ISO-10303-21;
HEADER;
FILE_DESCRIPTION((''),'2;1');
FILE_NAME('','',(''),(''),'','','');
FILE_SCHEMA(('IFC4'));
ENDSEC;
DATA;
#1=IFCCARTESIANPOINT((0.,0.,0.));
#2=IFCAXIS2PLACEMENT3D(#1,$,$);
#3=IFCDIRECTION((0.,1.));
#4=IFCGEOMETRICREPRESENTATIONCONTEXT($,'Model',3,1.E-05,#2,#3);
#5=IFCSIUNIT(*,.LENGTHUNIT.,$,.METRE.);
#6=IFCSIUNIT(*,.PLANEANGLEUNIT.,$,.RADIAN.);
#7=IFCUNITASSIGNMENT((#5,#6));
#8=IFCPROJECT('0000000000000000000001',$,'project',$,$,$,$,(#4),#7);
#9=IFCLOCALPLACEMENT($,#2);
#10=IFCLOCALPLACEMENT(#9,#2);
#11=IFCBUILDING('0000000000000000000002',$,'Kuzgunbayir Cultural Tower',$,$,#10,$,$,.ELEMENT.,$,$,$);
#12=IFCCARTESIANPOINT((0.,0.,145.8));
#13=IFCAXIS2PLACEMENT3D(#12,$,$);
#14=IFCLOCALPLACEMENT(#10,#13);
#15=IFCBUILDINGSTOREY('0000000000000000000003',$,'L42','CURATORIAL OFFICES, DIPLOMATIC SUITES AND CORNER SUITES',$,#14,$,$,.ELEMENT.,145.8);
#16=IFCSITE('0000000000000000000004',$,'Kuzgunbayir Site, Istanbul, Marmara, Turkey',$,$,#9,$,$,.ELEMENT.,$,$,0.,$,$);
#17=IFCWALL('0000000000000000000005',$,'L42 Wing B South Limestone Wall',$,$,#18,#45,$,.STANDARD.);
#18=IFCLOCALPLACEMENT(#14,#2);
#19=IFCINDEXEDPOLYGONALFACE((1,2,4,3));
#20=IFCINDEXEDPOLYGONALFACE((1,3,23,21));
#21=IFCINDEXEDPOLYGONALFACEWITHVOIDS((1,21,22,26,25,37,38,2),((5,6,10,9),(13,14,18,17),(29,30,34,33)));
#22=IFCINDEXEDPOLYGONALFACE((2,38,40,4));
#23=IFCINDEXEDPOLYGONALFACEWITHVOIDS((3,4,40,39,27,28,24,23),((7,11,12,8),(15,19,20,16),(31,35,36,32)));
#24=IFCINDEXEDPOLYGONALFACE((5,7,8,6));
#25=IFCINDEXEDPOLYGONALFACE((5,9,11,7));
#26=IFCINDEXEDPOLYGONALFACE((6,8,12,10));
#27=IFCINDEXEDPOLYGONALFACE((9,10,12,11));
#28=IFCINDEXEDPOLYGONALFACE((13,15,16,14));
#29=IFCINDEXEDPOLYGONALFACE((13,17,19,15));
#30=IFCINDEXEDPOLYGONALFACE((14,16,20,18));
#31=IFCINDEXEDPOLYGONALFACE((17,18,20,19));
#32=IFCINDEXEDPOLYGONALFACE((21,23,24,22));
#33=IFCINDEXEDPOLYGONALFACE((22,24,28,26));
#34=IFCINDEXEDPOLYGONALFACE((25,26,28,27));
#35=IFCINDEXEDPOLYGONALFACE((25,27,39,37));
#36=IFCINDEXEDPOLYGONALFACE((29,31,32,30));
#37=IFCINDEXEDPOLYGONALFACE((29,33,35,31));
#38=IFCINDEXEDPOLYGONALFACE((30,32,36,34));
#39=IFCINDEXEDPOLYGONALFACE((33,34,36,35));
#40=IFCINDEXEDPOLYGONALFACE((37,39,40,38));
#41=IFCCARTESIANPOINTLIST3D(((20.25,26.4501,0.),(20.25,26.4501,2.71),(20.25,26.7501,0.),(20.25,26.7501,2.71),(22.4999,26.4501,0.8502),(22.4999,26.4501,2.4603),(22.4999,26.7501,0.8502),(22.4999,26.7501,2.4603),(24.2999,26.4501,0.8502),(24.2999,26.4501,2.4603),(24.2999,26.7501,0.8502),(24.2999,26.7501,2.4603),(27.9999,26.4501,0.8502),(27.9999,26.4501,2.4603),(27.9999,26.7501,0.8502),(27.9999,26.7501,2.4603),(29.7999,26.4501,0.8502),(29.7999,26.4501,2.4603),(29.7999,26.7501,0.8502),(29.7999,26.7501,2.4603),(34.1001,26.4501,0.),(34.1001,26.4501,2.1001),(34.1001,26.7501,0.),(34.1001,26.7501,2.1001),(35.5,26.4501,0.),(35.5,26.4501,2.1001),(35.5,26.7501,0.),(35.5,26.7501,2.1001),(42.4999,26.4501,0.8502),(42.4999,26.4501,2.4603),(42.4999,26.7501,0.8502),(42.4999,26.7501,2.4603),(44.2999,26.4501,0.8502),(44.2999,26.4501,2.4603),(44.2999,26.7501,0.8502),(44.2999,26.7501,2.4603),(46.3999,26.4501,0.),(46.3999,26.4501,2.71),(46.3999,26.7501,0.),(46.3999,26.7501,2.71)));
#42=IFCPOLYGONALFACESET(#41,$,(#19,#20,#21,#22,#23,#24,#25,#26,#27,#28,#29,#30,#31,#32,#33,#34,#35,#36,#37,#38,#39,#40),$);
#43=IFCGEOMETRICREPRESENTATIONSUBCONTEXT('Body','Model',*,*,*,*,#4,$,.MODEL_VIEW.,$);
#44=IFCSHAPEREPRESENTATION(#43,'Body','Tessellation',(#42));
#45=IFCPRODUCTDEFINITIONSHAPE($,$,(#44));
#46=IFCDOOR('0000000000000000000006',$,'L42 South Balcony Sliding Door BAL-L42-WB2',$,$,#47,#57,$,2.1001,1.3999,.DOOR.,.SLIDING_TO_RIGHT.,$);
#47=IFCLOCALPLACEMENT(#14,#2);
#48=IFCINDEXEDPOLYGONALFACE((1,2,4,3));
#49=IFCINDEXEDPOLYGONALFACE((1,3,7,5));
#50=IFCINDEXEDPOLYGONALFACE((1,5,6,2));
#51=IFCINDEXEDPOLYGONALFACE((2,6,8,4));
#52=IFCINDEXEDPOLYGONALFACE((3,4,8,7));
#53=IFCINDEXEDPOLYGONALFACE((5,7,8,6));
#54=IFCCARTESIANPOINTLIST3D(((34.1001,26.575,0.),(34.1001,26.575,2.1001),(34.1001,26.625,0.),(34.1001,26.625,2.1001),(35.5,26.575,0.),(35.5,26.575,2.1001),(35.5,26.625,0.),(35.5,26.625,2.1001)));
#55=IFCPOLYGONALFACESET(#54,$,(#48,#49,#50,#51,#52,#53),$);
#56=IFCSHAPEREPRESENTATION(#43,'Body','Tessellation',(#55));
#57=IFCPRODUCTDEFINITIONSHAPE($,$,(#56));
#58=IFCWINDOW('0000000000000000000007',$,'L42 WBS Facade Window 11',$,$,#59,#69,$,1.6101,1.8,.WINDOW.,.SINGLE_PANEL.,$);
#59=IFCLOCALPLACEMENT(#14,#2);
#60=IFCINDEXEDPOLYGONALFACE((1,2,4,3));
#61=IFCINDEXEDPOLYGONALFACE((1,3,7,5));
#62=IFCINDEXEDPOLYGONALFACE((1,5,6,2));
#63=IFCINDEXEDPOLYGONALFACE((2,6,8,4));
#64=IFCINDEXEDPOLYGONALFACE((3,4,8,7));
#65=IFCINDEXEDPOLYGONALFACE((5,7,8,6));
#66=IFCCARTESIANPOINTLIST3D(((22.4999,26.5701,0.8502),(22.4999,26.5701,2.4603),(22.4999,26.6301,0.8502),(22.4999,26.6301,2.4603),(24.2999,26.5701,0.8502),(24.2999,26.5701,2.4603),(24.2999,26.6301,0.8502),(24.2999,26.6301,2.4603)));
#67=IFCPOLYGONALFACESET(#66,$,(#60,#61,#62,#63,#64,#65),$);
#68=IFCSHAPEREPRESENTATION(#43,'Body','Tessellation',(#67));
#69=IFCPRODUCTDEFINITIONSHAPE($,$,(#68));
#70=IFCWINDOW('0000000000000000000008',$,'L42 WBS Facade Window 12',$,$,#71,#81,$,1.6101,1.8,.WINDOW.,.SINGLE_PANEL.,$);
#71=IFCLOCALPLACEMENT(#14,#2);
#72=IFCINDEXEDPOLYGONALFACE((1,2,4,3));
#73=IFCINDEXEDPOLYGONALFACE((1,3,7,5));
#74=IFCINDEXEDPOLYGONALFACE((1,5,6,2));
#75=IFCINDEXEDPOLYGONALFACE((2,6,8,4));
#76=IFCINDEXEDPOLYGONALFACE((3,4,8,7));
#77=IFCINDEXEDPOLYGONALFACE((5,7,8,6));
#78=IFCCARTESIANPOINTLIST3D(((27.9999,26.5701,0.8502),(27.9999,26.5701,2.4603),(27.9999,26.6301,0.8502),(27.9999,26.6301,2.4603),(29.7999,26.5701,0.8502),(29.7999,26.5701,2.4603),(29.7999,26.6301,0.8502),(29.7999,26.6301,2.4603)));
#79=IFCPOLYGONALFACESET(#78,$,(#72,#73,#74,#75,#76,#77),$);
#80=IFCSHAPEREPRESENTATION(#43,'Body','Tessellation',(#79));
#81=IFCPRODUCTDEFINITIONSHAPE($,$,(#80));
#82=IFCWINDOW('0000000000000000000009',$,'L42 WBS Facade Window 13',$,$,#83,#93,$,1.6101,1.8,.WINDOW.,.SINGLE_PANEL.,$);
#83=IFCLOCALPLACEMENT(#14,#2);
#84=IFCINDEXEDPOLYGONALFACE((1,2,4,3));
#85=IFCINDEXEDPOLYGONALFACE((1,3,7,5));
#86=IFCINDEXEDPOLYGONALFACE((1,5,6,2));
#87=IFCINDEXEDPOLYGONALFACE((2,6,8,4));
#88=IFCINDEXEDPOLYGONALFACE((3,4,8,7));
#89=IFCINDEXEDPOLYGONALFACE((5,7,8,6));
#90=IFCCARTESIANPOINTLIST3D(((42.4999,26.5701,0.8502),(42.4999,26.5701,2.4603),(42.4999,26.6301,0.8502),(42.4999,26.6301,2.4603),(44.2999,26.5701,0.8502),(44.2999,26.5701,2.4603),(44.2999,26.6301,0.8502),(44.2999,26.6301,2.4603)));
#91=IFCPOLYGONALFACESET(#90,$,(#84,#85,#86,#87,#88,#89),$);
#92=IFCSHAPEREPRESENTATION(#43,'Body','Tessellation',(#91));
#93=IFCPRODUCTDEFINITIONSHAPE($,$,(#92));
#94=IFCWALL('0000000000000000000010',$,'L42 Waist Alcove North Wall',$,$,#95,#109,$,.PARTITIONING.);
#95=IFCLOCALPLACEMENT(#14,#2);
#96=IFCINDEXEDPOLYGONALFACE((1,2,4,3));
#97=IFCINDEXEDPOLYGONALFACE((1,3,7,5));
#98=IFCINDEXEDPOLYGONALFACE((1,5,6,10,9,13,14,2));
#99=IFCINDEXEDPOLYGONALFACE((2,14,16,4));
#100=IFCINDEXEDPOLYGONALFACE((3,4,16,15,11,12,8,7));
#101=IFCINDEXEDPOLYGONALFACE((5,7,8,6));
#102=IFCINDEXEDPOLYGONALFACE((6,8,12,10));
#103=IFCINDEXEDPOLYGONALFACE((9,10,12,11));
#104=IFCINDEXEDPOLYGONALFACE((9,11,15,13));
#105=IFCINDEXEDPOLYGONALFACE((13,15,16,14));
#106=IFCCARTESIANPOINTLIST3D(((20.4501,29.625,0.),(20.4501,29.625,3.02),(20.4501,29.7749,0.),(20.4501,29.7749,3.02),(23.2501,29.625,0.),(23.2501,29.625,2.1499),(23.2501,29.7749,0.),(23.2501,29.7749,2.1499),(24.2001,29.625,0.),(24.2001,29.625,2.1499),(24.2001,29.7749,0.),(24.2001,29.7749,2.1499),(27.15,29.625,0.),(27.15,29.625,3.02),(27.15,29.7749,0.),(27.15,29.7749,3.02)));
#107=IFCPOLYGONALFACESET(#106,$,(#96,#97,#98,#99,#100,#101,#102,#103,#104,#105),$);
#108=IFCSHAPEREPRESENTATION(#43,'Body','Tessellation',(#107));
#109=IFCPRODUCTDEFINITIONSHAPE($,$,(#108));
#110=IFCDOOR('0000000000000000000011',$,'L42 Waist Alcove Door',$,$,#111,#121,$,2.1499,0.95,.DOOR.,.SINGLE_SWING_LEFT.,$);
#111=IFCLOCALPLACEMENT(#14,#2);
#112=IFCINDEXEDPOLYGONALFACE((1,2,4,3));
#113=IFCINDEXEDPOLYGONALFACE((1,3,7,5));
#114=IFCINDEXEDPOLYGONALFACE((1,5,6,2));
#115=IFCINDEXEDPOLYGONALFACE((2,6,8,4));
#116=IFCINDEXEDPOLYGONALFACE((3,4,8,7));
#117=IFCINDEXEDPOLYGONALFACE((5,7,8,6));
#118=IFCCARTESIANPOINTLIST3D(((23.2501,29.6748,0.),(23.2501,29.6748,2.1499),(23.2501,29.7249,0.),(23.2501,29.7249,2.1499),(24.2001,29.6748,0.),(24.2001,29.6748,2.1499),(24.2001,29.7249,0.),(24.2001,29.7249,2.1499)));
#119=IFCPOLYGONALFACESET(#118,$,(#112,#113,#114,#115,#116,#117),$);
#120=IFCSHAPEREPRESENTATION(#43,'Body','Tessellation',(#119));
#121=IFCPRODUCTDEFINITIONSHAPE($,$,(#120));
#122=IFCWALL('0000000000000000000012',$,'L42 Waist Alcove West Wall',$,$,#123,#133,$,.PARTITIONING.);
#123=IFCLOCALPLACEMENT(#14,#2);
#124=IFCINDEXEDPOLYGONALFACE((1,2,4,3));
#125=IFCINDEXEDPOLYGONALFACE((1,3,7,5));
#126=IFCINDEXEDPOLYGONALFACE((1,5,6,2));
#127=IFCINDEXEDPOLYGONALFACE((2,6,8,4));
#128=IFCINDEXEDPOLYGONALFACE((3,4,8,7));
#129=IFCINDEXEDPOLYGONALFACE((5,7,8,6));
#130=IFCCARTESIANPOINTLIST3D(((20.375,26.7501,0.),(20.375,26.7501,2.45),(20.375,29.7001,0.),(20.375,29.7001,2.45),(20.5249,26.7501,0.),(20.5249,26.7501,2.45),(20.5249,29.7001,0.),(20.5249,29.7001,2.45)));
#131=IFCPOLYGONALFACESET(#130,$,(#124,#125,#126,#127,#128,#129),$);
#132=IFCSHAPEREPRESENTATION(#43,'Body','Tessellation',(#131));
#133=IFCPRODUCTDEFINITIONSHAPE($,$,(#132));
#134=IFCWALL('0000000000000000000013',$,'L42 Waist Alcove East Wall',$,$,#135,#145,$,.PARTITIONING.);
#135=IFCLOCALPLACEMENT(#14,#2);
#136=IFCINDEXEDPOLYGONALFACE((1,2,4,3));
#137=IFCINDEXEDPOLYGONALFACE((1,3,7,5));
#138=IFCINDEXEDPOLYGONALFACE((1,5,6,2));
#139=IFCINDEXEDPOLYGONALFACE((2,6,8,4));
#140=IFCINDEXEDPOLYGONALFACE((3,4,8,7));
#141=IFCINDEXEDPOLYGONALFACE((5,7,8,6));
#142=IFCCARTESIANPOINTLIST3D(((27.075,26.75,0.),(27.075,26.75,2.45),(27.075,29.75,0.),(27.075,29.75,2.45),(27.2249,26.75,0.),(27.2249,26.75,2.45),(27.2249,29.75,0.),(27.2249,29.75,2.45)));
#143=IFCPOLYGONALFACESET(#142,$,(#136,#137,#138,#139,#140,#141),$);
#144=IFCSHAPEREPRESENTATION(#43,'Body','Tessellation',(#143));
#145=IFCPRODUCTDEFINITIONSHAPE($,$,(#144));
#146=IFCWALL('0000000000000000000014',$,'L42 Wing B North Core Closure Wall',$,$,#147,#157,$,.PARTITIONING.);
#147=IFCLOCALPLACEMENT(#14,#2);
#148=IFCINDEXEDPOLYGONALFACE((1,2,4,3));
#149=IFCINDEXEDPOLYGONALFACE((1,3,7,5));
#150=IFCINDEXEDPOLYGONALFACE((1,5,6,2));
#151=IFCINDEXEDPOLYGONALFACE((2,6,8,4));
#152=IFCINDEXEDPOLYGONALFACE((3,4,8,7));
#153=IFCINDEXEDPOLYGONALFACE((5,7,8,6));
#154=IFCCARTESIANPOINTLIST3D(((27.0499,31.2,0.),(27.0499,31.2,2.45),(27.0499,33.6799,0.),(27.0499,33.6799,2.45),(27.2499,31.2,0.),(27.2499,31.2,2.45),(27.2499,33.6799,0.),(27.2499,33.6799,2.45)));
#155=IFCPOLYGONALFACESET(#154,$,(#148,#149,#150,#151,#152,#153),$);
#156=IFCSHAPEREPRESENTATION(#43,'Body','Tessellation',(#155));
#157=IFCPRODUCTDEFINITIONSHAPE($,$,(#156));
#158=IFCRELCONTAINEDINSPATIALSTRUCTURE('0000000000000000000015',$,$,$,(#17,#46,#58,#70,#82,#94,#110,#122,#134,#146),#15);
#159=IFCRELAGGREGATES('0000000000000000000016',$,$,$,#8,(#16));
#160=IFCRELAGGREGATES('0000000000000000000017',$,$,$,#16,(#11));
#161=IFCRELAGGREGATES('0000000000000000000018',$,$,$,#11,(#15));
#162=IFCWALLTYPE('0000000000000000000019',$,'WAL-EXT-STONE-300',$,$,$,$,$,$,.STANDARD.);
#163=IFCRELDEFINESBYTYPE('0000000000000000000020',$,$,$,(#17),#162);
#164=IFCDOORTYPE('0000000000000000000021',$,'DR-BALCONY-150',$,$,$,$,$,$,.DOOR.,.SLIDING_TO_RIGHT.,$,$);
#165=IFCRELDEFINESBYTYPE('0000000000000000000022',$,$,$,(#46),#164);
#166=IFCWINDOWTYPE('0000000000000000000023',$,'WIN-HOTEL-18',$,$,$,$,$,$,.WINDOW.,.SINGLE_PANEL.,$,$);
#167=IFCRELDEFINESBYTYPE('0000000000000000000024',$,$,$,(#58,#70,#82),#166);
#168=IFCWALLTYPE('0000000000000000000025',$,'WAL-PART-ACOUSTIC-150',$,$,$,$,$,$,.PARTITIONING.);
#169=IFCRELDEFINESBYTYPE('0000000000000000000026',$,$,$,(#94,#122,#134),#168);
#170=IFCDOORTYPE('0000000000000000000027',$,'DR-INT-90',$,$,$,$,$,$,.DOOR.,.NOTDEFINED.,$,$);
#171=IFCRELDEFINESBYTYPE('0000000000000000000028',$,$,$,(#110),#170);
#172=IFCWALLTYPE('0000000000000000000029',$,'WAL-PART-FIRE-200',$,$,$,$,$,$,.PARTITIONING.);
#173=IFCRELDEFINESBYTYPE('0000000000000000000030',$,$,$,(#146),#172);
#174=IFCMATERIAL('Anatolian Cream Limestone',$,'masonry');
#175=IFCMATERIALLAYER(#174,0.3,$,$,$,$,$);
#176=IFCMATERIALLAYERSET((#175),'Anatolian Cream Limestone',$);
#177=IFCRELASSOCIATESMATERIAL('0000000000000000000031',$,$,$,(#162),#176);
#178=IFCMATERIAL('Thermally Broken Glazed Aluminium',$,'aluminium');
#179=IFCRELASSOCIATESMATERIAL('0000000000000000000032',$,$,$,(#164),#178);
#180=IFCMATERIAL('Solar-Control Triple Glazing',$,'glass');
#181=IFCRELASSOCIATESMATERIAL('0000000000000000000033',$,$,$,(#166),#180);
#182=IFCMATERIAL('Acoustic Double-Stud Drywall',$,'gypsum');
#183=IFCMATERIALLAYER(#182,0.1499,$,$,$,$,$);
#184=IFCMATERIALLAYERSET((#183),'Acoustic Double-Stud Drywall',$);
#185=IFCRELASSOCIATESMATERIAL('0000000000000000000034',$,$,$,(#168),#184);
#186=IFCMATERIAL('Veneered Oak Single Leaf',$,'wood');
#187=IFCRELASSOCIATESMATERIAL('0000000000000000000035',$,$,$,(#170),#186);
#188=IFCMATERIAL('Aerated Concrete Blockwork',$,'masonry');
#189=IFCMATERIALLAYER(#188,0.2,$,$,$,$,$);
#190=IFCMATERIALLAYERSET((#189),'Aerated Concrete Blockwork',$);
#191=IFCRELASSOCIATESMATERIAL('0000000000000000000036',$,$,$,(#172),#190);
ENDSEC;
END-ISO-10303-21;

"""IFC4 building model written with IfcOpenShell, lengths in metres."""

from ifc_helpers import new_model, si_unit, direction, frame, frame_2d, origin, place, context, subcontext, project, spatial, rectangle, extrude, material, layer, layer_set, type_object, element, fill, save


model = new_model("IFC4")

# Units and contexts
model_context = context("Model", 3, precision=1e-05, world=origin(), true_north=direction((0.0, 1.0)))
body_context = subcontext(model_context, "Body", "Model", "MODEL_VIEW")
ifc_project = project(units=[si_unit("LENGTHUNIT", "METRE"), si_unit("PLANEANGLEUNIT", "RADIAN")], contexts=[model_context])

# Site, building, storey
site_placement = place(None, origin())
site = spatial("IfcSite", under=ifc_project, at=site_placement, Name="Kuzgunbayir Site, Istanbul, Marmara, Turkey", CompositionType="ELEMENT", RefElevation=0.0)
building_placement = place(site_placement, origin())
building = spatial("IfcBuilding", under=site, at=building_placement, Name="Kuzgunbayir Cultural Tower", CompositionType="ELEMENT")
storey_placement = place(building_placement, frame((0.0, 0.0, 145.8)))
storey = spatial("IfcBuildingStorey", under=building, at=storey_placement, Name="L42", Description="CURATORIAL OFFICES, DIPLOMATIC SUITES AND CORNER SUITES", CompositionType="ELEMENT", Elevation=145.8)

# Wall, openings, door, windows
ifc_material_1 = material(Name="Anatolian Cream Limestone", Category="masonry")
ifc_layer_1 = layer(ifc_material_1, 0.3)
ifc_layer_set_1 = layer_set([ifc_layer_1], Name="Anatolian Cream Limestone")
wall_type_1 = type_object("IfcWallType", Name="WAL-EXT-STONE-300", PredefinedType="STANDARD", material=ifc_layer_set_1)
wall_1_placement = place(storey_placement, frame((20.25, 26.6001, 0.0), z_axis=(0.0, 0.0, 1.0), x_axis=(1.0, 0.0, 0.0)))
wall_1 = element("IfcWall", 1, at=wall_1_placement, inside=storey, type_object=wall_type_1, Name="L42 Wing B South Limestone Wall", PredefinedType="STANDARD", context=body_context, shape_type="SweptSolid", body=[
    extrude(rectangle(XDim=26.1499, YDim=0.3, at=frame_2d((13.075, 0.0))), origin(), (0.0, 0.0, 1.0), 2.71),
])
opening_1_placement = place(wall_1_placement, frame((13.8501, 0.0, 0.0)))
opening_1 = element("IfcOpeningElement", 2, at=opening_1_placement, cuts=wall_1, PredefinedType="OPENING", context=body_context, shape_type="SweptSolid", body=[
    extrude(rectangle(XDim=1.3999, YDim=2.1001, at=frame_2d((0.7, 1.05))), frame((0.0, 0.1602, 0.0), z_axis=(0.0, -1.0, 0.0), x_axis=(1.0, 0.0, 0.0)), (0.0, 0.0, 1.0), 0.3201),
])
opening_2_placement = place(wall_1_placement, frame((2.25, 0.0, 0.8501)))
opening_2 = element("IfcOpeningElement", 3, at=opening_2_placement, cuts=wall_1, PredefinedType="OPENING", context=body_context, shape_type="SweptSolid", body=[
    extrude(rectangle(XDim=1.8, YDim=1.6101, at=frame_2d((0.8999, 0.8052))), frame((0.0, 0.1602, 0.0), z_axis=(0.0, -1.0, 0.0), x_axis=(1.0, 0.0, 0.0)), (0.0, 0.0, 1.0), 0.3201),
])
opening_3_placement = place(wall_1_placement, frame((7.75, 0.0, 0.8501)))
opening_3 = element("IfcOpeningElement", 4, at=opening_3_placement, cuts=wall_1, PredefinedType="OPENING", context=body_context, shape_type="SweptSolid", body=[
    extrude(rectangle(XDim=1.8, YDim=1.6101, at=frame_2d((0.8999, 0.8052))), frame((0.0, 0.1602, 0.0), z_axis=(0.0, -1.0, 0.0), x_axis=(1.0, 0.0, 0.0)), (0.0, 0.0, 1.0), 0.3201),
])
opening_4_placement = place(wall_1_placement, frame((22.25, 0.0, 0.8501)))
opening_4 = element("IfcOpeningElement", 5, at=opening_4_placement, cuts=wall_1, PredefinedType="OPENING", context=body_context, shape_type="SweptSolid", body=[
    extrude(rectangle(XDim=1.8, YDim=1.6101, at=frame_2d((0.8999, 0.8052))), frame((0.0, 0.1602, 0.0), z_axis=(0.0, -1.0, 0.0), x_axis=(1.0, 0.0, 0.0)), (0.0, 0.0, 1.0), 0.3201),
])
ifc_material_2 = material(Name="Thermally Broken Glazed Aluminium", Category="aluminium")
door_type_1 = type_object("IfcDoorType", Name="DR-BALCONY-150", OperationType="SLIDING_TO_RIGHT", PredefinedType="DOOR", material=ifc_material_2)
door_1_placement = place(opening_1_placement, origin())
door_1 = element("IfcDoor", 6, at=door_1_placement, inside=storey, type_object=door_type_1, Name="L42 South Balcony Sliding Door BAL-L42-WB2", OperationType="SLIDING_TO_RIGHT", OverallHeight=2.1001, OverallWidth=1.3999, PredefinedType="DOOR", context=body_context, shape_type="SweptSolid", body=[
    extrude(rectangle(XDim=1.3999, YDim=2.1001, at=frame_2d((0.7, 1.05))), frame((0.0, 0.0249, 0.0), z_axis=(0.0, -1.0, 0.0), x_axis=(1.0, 0.0, 0.0)), (0.0, 0.0, 1.0), 0.05),
])
fill(opening_1, door_1)
ifc_material_3 = material(Name="Solar-Control Triple Glazing", Category="glass")
window_type = type_object("IfcWindowType", Name="WIN-HOTEL-18", PartitioningType="SINGLE_PANEL", PredefinedType="WINDOW", material=ifc_material_3)
window_1_placement = place(opening_2_placement, origin())
window_1 = element("IfcWindow", 7, at=window_1_placement, inside=storey, type_object=window_type, Name="L42 WBS Facade Window 11", OverallHeight=1.6101, OverallWidth=1.8, PartitioningType="SINGLE_PANEL", PredefinedType="WINDOW", context=body_context, shape_type="SweptSolid", body=[
    extrude(rectangle(XDim=1.8, YDim=1.6101, at=frame_2d((0.8999, 0.8052))), frame((0.0, 0.03, 0.0), z_axis=(0.0, -1.0, 0.0), x_axis=(1.0, 0.0, 0.0)), (0.0, 0.0, 1.0), 0.0601),
])
fill(opening_2, window_1)
window_2_placement = place(opening_3_placement, origin())
window_2 = element("IfcWindow", 8, at=window_2_placement, inside=storey, type_object=window_type, Name="L42 WBS Facade Window 12", OverallHeight=1.6101, OverallWidth=1.8, PartitioningType="SINGLE_PANEL", PredefinedType="WINDOW", context=body_context, shape_type="SweptSolid", body=[
    extrude(rectangle(XDim=1.8, YDim=1.6101, at=frame_2d((0.8999, 0.8052))), frame((0.0, 0.03, 0.0), z_axis=(0.0, -1.0, 0.0), x_axis=(1.0, 0.0, 0.0)), (0.0, 0.0, 1.0), 0.0601),
])
fill(opening_3, window_2)
window_3_placement = place(opening_4_placement, origin())
window_3 = element("IfcWindow", 9, at=window_3_placement, inside=storey, type_object=window_type, Name="L42 WBS Facade Window 13", OverallHeight=1.6101, OverallWidth=1.8, PartitioningType="SINGLE_PANEL", PredefinedType="WINDOW", context=body_context, shape_type="SweptSolid", body=[
    extrude(rectangle(XDim=1.8, YDim=1.6101, at=frame_2d((0.8999, 0.8052))), frame((0.0, 0.03, 0.0), z_axis=(0.0, -1.0, 0.0), x_axis=(1.0, 0.0, 0.0)), (0.0, 0.0, 1.0), 0.0601),
])
fill(opening_4, window_3)

# Wall, opening, door
ifc_material_4 = material(Name="Acoustic Double-Stud Drywall", Category="gypsum")
ifc_layer_2 = layer(ifc_material_4, 0.1499)
ifc_layer_set_2 = layer_set([ifc_layer_2], Name="Acoustic Double-Stud Drywall")
wall_type_2 = type_object("IfcWallType", Name="WAL-PART-ACOUSTIC-150", PredefinedType="PARTITIONING", material=ifc_layer_set_2)
wall_2_placement = place(storey_placement, frame((20.45, 29.7, 0.0), z_axis=(0.0, 0.0, 1.0), x_axis=(1.0, 0.0, 0.0)))
wall_2 = element("IfcWall", 10, at=wall_2_placement, inside=storey, type_object=wall_type_2, Name="L42 Waist Alcove North Wall", PredefinedType="PARTITIONING", context=body_context, shape_type="SweptSolid", body=[
    extrude(rectangle(XDim=6.7, YDim=0.1499, at=frame_2d((3.3501, 0.0))), origin(), (0.0, 0.0, 1.0), 3.02),
])
opening_5_placement = place(wall_2_placement, frame((2.8, 0.0, 0.0)))
opening_5 = element("IfcOpeningElement", 11, at=opening_5_placement, cuts=wall_2, PredefinedType="OPENING", context=body_context, shape_type="SweptSolid", body=[
    extrude(rectangle(XDim=0.95, YDim=2.1499, at=frame_2d((0.4751, 1.075))), frame((0.0, 0.085, 0.0), z_axis=(0.0, -1.0, 0.0), x_axis=(1.0, 0.0, 0.0)), (0.0, 0.0, 1.0), 0.1699),
])
ifc_material_5 = material(Name="Veneered Oak Single Leaf", Category="wood")
door_type_2 = type_object("IfcDoorType", Name="DR-INT-90", OperationType="NOTDEFINED", PredefinedType="DOOR", material=ifc_material_5)
door_2_placement = place(opening_5_placement, origin())
door_2 = element("IfcDoor", 12, at=door_2_placement, inside=storey, type_object=door_type_2, Name="L42 Waist Alcove Door", OperationType="SINGLE_SWING_LEFT", OverallHeight=2.1499, OverallWidth=0.95, PredefinedType="DOOR", context=body_context, shape_type="SweptSolid", body=[
    extrude(rectangle(XDim=0.95, YDim=2.1499, at=frame_2d((0.4751, 1.075))), frame((0.0, 0.0249, 0.0), z_axis=(0.0, -1.0, 0.0), x_axis=(1.0, 0.0, 0.0)), (0.0, 0.0, 1.0), 0.05),
])
fill(opening_5, door_2)

# Walls
wall_3_placement = place(storey_placement, frame((20.45, 26.75, 0.0), z_axis=(0.0, 0.0, 1.0), x_axis=(0.0, 1.0, 0.0)))
element("IfcWall", 13, at=wall_3_placement, inside=storey, type_object=wall_type_2, Name="L42 Waist Alcove West Wall", PredefinedType="PARTITIONING", context=body_context, shape_type="SweptSolid", body=[
    extrude(rectangle(XDim=2.95, YDim=0.1499, at=frame_2d((1.4751, 0.0))), origin(), (0.0, 0.0, 1.0), 2.45),
])
wall_4_placement = place(storey_placement, frame((27.1499, 26.75, 0.0), z_axis=(0.0, 0.0, 1.0), x_axis=(0.0, 1.0, 0.0)))
element("IfcWall", 14, at=wall_4_placement, inside=storey, type_object=wall_type_2, Name="L42 Waist Alcove East Wall", PredefinedType="PARTITIONING", context=body_context, shape_type="SweptSolid", body=[
    extrude(rectangle(XDim=3.0, YDim=0.1499, at=frame_2d((1.5, 0.0))), origin(), (0.0, 0.0, 1.0), 2.45),
])

# Shared definitions
ifc_material_6 = material(Name="Aerated Concrete Blockwork", Category="masonry")
ifc_layer_3 = layer(ifc_material_6, 0.2)
ifc_layer_set_3 = layer_set([ifc_layer_3], Name="Aerated Concrete Blockwork")
wall_type_3 = type_object("IfcWallType", Name="WAL-PART-FIRE-200", PredefinedType="PARTITIONING", material=ifc_layer_set_3)

# Wall
wall_5_placement = place(storey_placement, frame((27.1499, 31.2, 0.0), z_axis=(0.0, 0.0, 1.0), x_axis=(0.0, 1.0, 0.0)))
element("IfcWall", 15, at=wall_5_placement, inside=storey, type_object=wall_type_3, Name="L42 Wing B North Core Closure Wall", PredefinedType="PARTITIONING", context=body_context, shape_type="SweptSolid", body=[
    extrude(rectangle(XDim=2.48, YDim=0.2, at=frame_2d((1.24, 0.0))), origin(), (0.0, 0.0, 1.0), 2.45),
])

save(model, "model.ifc")
